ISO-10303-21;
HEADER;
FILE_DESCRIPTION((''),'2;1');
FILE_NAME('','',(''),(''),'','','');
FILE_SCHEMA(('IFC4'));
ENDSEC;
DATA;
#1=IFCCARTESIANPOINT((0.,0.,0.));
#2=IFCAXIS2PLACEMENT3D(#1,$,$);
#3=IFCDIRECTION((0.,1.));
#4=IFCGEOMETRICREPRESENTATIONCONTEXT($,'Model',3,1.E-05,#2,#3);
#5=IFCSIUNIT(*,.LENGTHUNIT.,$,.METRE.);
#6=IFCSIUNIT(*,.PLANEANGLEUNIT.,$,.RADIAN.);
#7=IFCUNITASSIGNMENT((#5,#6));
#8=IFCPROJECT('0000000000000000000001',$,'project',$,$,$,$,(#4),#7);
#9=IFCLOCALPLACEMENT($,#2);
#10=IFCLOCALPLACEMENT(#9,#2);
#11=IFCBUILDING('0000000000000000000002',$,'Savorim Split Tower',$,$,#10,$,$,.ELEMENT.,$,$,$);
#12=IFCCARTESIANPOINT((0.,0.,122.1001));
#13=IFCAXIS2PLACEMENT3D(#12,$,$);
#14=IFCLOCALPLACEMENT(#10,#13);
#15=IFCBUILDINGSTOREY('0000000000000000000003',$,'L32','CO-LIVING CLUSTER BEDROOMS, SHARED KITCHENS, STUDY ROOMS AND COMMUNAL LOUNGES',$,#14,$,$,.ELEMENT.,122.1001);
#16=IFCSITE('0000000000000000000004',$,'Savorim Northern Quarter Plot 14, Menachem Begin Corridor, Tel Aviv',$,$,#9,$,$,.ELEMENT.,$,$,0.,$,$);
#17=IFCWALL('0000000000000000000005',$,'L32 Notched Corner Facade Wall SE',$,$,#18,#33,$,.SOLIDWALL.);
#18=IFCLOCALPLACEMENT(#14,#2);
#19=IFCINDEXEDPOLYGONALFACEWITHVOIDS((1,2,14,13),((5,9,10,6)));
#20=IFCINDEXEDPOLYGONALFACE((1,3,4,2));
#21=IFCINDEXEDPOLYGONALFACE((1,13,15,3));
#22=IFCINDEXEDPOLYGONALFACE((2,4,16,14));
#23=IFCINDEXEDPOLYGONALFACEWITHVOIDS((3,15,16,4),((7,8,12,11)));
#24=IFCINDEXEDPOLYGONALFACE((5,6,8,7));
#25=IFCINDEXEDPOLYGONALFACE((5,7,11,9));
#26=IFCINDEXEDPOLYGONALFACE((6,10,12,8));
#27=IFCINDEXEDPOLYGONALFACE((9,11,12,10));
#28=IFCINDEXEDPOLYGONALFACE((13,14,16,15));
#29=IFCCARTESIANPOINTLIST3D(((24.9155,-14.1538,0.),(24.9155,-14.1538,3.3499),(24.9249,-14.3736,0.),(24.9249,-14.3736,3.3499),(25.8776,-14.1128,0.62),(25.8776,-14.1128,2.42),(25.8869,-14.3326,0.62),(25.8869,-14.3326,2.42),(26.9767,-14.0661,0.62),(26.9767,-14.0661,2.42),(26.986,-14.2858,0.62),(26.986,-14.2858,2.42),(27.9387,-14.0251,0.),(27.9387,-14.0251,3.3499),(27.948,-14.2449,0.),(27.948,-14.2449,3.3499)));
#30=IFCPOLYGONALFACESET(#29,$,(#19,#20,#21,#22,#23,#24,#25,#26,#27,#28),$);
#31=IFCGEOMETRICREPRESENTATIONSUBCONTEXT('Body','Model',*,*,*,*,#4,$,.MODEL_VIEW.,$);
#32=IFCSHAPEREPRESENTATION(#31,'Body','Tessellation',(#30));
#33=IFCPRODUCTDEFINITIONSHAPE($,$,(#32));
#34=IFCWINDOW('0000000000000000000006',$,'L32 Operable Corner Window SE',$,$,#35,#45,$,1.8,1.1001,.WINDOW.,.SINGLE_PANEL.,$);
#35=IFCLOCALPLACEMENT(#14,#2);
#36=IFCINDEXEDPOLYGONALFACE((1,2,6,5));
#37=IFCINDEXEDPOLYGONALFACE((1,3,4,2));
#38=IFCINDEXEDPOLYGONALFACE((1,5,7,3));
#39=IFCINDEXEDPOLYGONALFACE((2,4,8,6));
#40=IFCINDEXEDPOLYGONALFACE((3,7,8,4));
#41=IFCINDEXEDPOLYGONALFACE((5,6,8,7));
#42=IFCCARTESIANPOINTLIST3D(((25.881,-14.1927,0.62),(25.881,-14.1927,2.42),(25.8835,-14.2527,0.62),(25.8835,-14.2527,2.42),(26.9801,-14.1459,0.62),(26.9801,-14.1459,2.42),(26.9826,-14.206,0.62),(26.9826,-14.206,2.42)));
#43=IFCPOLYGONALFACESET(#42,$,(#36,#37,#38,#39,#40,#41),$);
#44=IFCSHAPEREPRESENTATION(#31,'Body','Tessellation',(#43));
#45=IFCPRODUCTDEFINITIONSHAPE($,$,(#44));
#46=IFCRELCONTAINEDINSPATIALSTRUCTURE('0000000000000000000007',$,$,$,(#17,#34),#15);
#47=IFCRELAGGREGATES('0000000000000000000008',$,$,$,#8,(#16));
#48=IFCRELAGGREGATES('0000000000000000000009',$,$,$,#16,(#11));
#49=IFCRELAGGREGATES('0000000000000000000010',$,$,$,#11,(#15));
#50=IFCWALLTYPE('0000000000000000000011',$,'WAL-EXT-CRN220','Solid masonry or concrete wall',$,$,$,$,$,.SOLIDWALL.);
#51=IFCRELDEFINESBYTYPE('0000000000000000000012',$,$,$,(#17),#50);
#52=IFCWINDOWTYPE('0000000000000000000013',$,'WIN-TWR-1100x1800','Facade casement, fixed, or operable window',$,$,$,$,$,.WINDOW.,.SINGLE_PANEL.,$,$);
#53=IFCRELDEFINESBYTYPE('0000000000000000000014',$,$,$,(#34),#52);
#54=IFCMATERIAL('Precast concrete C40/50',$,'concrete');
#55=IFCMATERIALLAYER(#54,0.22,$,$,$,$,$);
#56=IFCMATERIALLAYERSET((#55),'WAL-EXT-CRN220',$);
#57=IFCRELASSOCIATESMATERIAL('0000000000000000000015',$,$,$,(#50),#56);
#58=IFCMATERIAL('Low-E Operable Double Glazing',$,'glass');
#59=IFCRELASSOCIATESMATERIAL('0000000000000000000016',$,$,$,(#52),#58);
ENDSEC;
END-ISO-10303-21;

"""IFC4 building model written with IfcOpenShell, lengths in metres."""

from ifc_helpers import new_model, si_unit, direction, frame, frame_2d, origin, place, context, subcontext, project, spatial, rectangle, extrude, material, layer, layer_set, type_object, element, fill, save


model = new_model("IFC4")

# Units and contexts
model_context = context("Model", 3, precision=1e-05, world=origin(), true_north=direction((0.0, 1.0)))
body_context = subcontext(model_context, "Body", "Model", "MODEL_VIEW")
ifc_project = project(units=[si_unit("LENGTHUNIT", "METRE"), si_unit("PLANEANGLEUNIT", "RADIAN")], contexts=[model_context])

# Site, building, storey
site_placement = place(None, origin())
site = spatial("IfcSite", under=ifc_project, at=site_placement, Name="Savorim Northern Quarter Plot 14, Menachem Begin Corridor, Tel Aviv", CompositionType="ELEMENT", RefElevation=0.0)
building_placement = place(site_placement, origin())
building = spatial("IfcBuilding", under=site, at=building_placement, Name="Savorim Split Tower", CompositionType="ELEMENT")
storey_placement = place(building_placement, frame((0.0, 0.0, 122.1001)))
storey = spatial("IfcBuildingStorey", under=building, at=storey_placement, Name="L32", Description="CO-LIVING CLUSTER BEDROOMS, SHARED KITCHENS, STUDY ROOMS AND COMMUNAL LOUNGES", CompositionType="ELEMENT", Elevation=122.1001)

# Shared definitions
ifc_material_1 = material(Name="Precast concrete C40/50", Category="concrete")
ifc_layer_1 = layer(ifc_material_1, 0.22)
ifc_layer_set_1 = layer_set([ifc_layer_1], Name="WAL-EXT-CRN220")
wall_type = type_object("IfcWallType", Name="WAL-EXT-CRN220", Description="Solid masonry or concrete wall", PredefinedType="SOLIDWALL", material=ifc_layer_set_1)

# Wall, opening, window
wall_1_placement = place(storey_placement, frame((27.9434, -14.135, 0.0), z_axis=(0.0, 0.0, 1.0), x_axis=(-0.999096, -0.04252, 0.0)))
wall_1 = element("IfcWall", 1, at=wall_1_placement, inside=storey, type_object=wall_type, Name="L32 Notched Corner Facade Wall SE", PredefinedType="SOLIDWALL", context=body_context, shape_type="SweptSolid", body=[
    extrude(rectangle(XDim=3.0259, YDim=0.22, at=frame_2d((1.5129, 0.0))), origin(), (0.0, 0.0, 1.0), 3.3499),
])
opening_placement = place(wall_1_placement, frame((0.9629, 0.0, 0.6201)))
opening = element("IfcOpeningElement", 2, at=opening_placement, cuts=wall_1, PredefinedType="OPENING", context=body_context, shape_type="SweptSolid", body=[
    extrude(rectangle(XDim=1.1001, YDim=1.8, at=frame_2d((0.55, 0.8999))), frame((0.0, 0.1199, 0.0), z_axis=(0.0, -1.0, 0.0), x_axis=(1.0, 0.0, 0.0)), (0.0, 0.0, 1.0), 0.24),
])
ifc_material_2 = material(Name="Low-E Operable Double Glazing", Category="glass")
window_type = type_object("IfcWindowType", Name="WIN-TWR-1100x1800", Description="Facade casement, fixed, or operable window", PartitioningType="SINGLE_PANEL", PredefinedType="WINDOW", material=ifc_material_2)
window_placement = place(opening_placement, origin())
window = element("IfcWindow", 3, at=window_placement, inside=storey, type_object=window_type, Name="L32 Operable Corner Window SE", OverallHeight=1.8, OverallWidth=1.1001, PartitioningType="SINGLE_PANEL", PredefinedType="WINDOW", context=body_context, shape_type="SweptSolid", body=[
    extrude(rectangle(XDim=1.1001, YDim=1.8, at=frame_2d((0.55, 0.8999))), frame((0.0, 0.03, 0.0), z_axis=(0.0, -1.0, 0.0), x_axis=(1.0, 0.0, 0.0)), (0.0, 0.0, 1.0), 0.0601),
])
fill(opening, window)

save(model, "model.ifc")
